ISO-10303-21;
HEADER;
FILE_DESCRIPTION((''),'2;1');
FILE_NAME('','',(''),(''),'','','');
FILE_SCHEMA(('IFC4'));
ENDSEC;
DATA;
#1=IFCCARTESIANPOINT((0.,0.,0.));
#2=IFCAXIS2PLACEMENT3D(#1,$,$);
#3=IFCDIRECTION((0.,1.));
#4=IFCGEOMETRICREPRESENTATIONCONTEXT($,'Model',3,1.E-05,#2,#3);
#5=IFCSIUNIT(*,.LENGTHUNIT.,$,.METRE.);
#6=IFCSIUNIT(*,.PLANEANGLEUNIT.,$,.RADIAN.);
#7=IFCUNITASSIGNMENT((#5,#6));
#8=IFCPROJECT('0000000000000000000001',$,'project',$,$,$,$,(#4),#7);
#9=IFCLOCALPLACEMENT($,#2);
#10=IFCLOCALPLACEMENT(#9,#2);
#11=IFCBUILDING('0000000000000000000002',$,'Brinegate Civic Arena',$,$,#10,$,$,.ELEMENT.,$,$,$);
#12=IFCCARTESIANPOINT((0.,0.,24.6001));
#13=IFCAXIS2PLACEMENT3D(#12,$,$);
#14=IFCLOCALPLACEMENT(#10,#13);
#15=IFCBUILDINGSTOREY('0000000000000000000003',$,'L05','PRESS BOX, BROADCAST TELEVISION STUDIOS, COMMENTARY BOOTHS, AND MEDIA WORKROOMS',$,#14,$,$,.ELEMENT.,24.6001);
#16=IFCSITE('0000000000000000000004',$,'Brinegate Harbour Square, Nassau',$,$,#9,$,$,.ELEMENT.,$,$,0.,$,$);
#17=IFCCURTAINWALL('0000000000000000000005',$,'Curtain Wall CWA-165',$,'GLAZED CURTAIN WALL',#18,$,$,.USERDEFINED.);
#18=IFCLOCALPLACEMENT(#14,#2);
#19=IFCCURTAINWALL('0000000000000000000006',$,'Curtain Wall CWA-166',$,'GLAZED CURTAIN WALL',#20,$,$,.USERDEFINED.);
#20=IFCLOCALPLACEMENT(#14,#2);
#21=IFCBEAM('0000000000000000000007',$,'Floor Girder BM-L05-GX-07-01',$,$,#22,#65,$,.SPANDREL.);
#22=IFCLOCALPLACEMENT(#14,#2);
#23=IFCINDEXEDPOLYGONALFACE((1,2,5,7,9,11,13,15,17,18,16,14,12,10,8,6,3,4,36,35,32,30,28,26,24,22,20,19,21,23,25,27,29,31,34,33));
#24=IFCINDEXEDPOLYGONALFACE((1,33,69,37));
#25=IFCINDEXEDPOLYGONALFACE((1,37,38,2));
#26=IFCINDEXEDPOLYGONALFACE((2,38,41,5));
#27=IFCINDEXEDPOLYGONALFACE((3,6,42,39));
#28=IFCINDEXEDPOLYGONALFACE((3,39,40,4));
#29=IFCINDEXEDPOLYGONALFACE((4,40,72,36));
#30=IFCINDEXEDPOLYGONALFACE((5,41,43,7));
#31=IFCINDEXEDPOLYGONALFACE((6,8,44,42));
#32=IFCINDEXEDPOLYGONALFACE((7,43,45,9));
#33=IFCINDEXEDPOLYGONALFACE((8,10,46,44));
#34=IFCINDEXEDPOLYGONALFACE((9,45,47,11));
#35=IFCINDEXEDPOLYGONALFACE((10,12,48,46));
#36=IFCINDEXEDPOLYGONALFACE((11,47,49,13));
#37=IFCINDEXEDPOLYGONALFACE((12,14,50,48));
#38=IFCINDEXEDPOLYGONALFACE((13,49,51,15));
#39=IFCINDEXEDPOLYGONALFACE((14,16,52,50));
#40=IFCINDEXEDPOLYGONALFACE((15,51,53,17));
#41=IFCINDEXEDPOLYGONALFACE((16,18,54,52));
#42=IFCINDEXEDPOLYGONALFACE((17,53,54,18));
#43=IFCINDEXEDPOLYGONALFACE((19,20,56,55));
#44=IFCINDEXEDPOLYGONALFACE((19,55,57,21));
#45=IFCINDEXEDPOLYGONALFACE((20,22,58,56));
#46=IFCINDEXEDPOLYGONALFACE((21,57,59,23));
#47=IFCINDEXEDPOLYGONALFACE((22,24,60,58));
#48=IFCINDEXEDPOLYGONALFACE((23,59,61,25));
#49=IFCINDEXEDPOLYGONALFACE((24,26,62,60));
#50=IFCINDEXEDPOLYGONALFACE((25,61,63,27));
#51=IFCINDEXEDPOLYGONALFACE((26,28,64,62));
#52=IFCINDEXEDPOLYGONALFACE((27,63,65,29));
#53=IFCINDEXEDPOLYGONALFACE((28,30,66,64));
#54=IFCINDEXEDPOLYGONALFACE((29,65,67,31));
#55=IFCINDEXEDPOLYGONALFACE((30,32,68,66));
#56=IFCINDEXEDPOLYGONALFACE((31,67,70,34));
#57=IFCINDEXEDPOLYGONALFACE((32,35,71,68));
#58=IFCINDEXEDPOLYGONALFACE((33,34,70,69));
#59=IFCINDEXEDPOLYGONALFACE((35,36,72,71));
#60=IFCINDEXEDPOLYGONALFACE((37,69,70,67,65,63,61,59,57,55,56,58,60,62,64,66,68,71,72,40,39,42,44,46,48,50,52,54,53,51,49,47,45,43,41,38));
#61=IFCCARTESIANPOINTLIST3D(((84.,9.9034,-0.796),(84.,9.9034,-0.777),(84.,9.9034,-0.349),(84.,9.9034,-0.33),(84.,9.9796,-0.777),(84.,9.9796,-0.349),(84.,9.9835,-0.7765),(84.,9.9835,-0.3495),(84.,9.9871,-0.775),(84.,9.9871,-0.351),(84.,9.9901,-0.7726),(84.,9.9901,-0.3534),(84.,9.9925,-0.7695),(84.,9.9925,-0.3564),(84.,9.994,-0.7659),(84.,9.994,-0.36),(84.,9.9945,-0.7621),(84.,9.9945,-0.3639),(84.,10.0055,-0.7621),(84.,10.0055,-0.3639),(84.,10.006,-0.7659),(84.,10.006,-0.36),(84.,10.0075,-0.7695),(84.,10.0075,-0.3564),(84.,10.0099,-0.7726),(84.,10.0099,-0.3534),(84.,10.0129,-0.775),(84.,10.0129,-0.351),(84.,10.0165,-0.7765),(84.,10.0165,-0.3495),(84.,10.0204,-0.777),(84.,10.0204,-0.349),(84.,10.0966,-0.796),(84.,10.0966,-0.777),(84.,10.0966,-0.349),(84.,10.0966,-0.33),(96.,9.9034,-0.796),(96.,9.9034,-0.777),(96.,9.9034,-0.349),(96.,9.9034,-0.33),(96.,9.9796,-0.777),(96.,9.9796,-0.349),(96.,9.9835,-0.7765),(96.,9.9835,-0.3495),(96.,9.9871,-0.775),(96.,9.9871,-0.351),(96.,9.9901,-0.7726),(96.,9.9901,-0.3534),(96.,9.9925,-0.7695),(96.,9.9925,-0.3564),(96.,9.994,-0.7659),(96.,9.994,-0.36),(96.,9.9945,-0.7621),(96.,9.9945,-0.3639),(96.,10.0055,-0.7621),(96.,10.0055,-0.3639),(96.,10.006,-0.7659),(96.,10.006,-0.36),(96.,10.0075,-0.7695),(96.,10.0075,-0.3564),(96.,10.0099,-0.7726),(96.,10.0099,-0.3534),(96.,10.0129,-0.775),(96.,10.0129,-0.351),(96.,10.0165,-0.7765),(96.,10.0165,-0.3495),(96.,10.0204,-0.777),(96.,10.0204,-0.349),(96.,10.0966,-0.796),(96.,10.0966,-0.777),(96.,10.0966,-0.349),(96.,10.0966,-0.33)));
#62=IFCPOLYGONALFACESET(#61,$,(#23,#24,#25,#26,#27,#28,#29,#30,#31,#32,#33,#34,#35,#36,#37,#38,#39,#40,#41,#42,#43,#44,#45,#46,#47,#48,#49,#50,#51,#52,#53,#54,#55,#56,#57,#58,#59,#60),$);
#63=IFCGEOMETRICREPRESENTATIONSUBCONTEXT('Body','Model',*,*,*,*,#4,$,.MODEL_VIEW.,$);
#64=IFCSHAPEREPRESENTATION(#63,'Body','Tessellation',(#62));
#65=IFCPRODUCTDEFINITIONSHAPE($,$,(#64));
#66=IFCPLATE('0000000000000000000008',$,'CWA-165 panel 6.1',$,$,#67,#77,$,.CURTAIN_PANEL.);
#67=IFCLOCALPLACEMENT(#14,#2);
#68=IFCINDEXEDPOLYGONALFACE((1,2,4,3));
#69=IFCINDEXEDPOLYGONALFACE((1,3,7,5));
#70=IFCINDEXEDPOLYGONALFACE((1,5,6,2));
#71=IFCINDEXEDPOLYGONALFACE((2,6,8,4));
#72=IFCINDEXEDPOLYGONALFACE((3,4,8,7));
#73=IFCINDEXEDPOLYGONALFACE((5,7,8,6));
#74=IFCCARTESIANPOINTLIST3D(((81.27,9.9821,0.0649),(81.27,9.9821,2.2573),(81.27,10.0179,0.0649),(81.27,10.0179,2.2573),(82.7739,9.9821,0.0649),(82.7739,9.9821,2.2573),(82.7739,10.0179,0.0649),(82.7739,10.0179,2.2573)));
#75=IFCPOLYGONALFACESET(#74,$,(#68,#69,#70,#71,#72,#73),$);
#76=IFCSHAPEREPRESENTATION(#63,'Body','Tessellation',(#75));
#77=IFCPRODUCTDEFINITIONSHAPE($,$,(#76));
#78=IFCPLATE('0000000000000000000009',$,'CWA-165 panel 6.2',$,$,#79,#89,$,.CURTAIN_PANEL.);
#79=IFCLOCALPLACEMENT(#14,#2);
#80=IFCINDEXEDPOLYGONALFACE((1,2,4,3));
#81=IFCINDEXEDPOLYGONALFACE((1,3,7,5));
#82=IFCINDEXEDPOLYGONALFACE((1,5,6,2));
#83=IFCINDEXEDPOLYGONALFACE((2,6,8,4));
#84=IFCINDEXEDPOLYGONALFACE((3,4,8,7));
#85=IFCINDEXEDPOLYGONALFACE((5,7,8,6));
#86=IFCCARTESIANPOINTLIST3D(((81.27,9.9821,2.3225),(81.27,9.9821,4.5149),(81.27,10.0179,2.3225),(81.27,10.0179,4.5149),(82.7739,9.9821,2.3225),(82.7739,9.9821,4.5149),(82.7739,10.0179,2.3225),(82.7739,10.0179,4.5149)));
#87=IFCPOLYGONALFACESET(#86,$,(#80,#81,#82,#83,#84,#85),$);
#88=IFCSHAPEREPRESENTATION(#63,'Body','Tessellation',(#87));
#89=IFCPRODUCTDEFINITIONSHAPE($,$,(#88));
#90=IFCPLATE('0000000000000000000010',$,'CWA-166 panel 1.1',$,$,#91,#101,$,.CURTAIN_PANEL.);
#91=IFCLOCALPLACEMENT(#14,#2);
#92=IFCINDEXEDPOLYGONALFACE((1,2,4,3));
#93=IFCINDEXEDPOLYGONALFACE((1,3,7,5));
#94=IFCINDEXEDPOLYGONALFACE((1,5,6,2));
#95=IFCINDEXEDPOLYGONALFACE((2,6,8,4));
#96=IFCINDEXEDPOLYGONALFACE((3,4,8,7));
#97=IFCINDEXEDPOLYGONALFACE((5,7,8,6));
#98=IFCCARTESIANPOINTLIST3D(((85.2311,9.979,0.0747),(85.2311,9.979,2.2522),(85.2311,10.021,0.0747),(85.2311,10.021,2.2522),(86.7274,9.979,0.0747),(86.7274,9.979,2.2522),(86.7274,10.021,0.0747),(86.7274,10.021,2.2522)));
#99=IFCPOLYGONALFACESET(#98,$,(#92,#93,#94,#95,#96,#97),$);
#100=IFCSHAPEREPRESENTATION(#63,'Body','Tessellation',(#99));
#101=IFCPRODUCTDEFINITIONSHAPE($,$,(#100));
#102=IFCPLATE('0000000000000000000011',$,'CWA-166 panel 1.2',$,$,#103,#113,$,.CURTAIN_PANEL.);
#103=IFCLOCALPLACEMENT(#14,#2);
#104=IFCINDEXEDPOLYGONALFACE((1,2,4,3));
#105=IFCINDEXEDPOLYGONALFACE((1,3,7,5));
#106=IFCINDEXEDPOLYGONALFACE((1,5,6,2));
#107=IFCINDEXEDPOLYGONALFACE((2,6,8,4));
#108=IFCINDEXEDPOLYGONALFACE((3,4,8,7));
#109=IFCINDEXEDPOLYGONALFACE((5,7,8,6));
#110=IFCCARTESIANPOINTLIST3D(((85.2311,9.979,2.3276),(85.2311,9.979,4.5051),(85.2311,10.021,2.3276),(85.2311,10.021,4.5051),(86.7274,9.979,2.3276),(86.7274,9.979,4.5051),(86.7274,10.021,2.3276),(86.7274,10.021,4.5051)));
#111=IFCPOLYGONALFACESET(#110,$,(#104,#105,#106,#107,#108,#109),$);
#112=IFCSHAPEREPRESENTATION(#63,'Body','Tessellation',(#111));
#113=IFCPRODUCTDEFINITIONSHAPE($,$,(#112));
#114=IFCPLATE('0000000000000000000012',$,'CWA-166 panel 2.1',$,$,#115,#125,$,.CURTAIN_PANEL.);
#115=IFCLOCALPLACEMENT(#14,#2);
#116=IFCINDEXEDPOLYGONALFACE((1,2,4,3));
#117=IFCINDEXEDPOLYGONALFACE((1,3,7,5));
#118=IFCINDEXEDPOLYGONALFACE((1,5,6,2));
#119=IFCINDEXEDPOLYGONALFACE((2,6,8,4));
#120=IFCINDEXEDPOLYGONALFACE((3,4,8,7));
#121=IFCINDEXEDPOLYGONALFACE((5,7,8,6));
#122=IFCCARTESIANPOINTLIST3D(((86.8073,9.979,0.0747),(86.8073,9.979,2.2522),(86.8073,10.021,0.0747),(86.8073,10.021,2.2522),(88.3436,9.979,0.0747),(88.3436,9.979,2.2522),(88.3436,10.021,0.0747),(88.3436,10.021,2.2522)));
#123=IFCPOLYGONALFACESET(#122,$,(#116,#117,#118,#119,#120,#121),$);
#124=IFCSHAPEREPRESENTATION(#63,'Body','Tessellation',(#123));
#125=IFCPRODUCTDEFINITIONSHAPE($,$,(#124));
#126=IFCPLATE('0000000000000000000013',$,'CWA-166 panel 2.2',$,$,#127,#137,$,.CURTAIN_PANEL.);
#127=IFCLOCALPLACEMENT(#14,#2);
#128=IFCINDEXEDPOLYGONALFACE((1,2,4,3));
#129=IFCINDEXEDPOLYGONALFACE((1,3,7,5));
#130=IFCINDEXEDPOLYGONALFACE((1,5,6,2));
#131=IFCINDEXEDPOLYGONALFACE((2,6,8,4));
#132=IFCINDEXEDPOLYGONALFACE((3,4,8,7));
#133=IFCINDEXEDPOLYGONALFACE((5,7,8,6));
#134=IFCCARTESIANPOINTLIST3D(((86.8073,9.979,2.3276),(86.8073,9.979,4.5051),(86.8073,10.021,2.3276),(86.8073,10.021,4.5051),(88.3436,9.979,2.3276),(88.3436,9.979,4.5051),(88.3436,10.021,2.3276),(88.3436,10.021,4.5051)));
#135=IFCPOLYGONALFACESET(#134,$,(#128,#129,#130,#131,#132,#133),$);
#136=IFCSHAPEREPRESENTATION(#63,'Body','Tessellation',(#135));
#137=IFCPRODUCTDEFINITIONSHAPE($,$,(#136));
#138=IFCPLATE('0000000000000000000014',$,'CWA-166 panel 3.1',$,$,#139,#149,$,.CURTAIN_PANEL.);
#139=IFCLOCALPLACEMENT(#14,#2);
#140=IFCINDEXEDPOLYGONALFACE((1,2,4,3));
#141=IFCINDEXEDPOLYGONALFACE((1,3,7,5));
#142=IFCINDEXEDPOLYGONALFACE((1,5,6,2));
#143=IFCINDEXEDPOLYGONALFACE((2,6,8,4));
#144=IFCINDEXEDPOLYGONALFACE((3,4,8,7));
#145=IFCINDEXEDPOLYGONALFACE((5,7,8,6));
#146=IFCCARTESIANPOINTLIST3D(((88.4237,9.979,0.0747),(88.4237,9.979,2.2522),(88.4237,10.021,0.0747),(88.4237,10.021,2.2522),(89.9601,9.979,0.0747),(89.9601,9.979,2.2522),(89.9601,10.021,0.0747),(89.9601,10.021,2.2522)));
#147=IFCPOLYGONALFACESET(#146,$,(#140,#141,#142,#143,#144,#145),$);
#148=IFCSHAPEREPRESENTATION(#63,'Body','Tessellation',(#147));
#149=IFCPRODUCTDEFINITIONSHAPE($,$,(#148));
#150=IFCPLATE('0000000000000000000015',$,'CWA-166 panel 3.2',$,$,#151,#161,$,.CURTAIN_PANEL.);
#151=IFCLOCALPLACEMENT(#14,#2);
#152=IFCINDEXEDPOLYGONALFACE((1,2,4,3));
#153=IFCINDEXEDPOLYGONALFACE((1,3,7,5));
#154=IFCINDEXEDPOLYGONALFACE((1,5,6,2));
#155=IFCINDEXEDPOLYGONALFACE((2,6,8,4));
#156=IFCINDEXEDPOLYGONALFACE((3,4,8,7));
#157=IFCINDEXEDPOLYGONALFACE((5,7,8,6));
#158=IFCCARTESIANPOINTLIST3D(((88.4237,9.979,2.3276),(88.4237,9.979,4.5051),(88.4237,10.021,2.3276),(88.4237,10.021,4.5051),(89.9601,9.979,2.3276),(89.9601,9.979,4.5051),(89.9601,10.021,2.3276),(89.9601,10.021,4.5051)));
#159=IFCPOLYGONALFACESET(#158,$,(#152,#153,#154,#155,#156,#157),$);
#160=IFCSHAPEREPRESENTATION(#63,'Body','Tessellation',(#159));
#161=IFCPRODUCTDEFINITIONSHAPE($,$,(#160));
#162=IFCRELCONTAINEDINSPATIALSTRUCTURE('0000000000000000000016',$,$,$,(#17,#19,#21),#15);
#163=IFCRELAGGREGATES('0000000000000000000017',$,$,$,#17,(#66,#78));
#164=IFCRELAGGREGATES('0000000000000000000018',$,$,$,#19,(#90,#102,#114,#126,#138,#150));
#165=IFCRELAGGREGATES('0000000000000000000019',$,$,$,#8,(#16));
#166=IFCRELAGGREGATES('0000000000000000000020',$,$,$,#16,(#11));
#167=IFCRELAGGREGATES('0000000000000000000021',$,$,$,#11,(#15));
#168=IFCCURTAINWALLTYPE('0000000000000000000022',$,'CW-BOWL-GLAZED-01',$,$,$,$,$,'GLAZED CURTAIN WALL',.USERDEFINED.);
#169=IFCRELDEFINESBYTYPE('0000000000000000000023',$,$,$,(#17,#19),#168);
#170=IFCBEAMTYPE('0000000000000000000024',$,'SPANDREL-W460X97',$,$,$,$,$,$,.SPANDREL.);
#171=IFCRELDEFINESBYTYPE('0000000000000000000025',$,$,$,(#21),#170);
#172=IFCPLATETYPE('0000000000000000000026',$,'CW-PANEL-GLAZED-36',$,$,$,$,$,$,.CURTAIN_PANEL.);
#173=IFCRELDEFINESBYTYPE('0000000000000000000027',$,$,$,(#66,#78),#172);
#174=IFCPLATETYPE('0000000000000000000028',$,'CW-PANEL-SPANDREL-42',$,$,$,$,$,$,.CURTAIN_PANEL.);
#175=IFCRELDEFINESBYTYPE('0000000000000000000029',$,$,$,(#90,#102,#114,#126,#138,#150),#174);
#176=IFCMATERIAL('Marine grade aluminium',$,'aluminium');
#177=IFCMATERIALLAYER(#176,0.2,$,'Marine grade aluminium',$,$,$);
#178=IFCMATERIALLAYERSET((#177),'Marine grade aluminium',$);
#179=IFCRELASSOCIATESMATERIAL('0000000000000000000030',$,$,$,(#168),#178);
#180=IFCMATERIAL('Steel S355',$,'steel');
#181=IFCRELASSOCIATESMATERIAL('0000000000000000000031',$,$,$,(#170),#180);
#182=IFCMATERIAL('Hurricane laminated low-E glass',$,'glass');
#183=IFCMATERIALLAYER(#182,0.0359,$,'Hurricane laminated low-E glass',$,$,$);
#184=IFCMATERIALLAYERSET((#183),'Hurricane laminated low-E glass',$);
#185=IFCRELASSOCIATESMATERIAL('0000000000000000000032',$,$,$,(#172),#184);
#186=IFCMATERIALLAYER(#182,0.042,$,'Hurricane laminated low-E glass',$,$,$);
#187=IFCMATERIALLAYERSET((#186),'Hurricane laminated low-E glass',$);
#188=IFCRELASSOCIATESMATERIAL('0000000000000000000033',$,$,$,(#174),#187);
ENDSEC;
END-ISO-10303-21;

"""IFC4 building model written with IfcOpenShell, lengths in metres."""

from ifc_helpers import new_model, si_unit, direction, frame, origin, origin_2d, place, context, subcontext, project, spatial, rectangle, i_section, extrude, material, layer, layer_set, material_profile, profile_set, type_object, element, aggregate, save


model = new_model("IFC4")

# Units and contexts
model_context = context("Model", 3, precision=1e-05, world=origin(), true_north=direction((0.0, 1.0)))
body_context = subcontext(model_context, "Body", "Model", "MODEL_VIEW")
ifc_project = project(units=[si_unit("LENGTHUNIT", "METRE"), si_unit("PLANEANGLEUNIT", "RADIAN")], contexts=[model_context])

# Site, building, storey
site_placement = place(None, origin())
site = spatial("IfcSite", under=ifc_project, at=site_placement, Name="Brinegate Harbour Square, Nassau", CompositionType="ELEMENT", RefElevation=0.0)
building_placement = place(site_placement, origin())
building = spatial("IfcBuilding", under=site, at=building_placement, Name="Brinegate Civic Arena", CompositionType="ELEMENT")
storey_placement = place(building_placement, frame((0.0, 0.0, 24.6001)))
storey = spatial("IfcBuildingStorey", under=building, at=storey_placement, Name="L05", Description="PRESS BOX, BROADCAST TELEVISION STUDIOS, COMMENTARY BOOTHS, AND MEDIA WORKROOMS", CompositionType="ELEMENT", Elevation=24.6001)

# Curtain wall
ifc_material_1 = material(Name="Marine grade aluminium", Category="aluminium")
ifc_layer_1 = layer(ifc_material_1, 0.2, Name="Marine grade aluminium")
ifc_layer_set_1 = layer_set([ifc_layer_1], Name="Marine grade aluminium")
curtain_wall_type = type_object("IfcCurtainWallType", Name="CW-BOWL-GLAZED-01", ElementType="GLAZED CURTAIN WALL", PredefinedType="USERDEFINED", material=ifc_layer_set_1)
curtain_wall_1_placement = place(storey_placement, origin())
curtain_wall_1 = element("IfcCurtainWall", 1, at=curtain_wall_1_placement, inside=storey, type_object=curtain_wall_type, Name="Curtain Wall CWA-165", ObjectType="GLAZED CURTAIN WALL", PredefinedType="USERDEFINED")

# Curtain wall
curtain_wall_2_placement = place(storey_placement, origin())
curtain_wall_2 = element("IfcCurtainWall", 2, at=curtain_wall_2_placement, inside=storey, type_object=curtain_wall_type, Name="Curtain Wall CWA-166", ObjectType="GLAZED CURTAIN WALL", PredefinedType="USERDEFINED")

# Beam
ifc_material_2 = material(Name="Steel S355", Category="steel")
ifc_material_profile_1 = material_profile(ifc_material_2, i_section(OverallWidth=0.1931, OverallDepth=0.4661, WebThickness=0.011, FlangeThickness=0.019, FilletRadius=0.0149, at=origin_2d()), Name="W460X97")
ifc_profile_set_1 = profile_set([ifc_material_profile_1], Name="Steel S355")
beam_type_1 = type_object("IfcBeamType", Name="SPANDREL-W460X97", PredefinedType="SPANDREL", material=ifc_profile_set_1)
beam_1_placement = place(storey_placement, frame((84.0, 10.0, -0.563), z_axis=(1.0, 0.0, 0.0), x_axis=(0.0, 1.0, 0.0)))
element("IfcBeam", 3, at=beam_1_placement, inside=storey, type_object=beam_type_1, Name="Floor Girder BM-L05-GX-07-01", PredefinedType="SPANDREL", context=body_context, shape_type="SweptSolid", body=[
    extrude(i_section(OverallWidth=0.1931, OverallDepth=0.4661, WebThickness=0.011, FlangeThickness=0.019, FilletRadius=0.0149, at=origin_2d()), origin(), (0.0, 0.0, 1.0), 12.0),
])

# Plates
ifc_material_3 = material(Name="Hurricane laminated low-E glass", Category="glass")
ifc_layer_2 = layer(ifc_material_3, 0.0359, Name="Hurricane laminated low-E glass")
ifc_layer_set_2 = layer_set([ifc_layer_2], Name="Hurricane laminated low-E glass")
plate_type_1 = type_object("IfcPlateType", Name="CW-PANEL-GLAZED-36", PredefinedType="CURTAIN_PANEL", material=ifc_layer_set_2)
plate_1_placement = place(storey_placement, frame((82.022, 10.0, 0.0649), z_axis=(0.0, 0.0, 1.0), x_axis=(1.0, 0.0, 0.0)))
plate_1 = element("IfcPlate", 4, at=plate_1_placement, type_object=plate_type_1, Name="CWA-165 panel 6.1", PredefinedType="CURTAIN_PANEL", context=body_context, shape_type="SweptSolid", body=[
    extrude(rectangle(XDim=1.5039, YDim=0.0359, at=origin_2d()), origin(), (0.0, 0.0, 1.0), 2.1924),
])
plate_2_placement = place(storey_placement, frame((82.022, 10.0, 2.3225), z_axis=(0.0, 0.0, 1.0), x_axis=(1.0, 0.0, 0.0)))
plate_2 = element("IfcPlate", 5, at=plate_2_placement, type_object=plate_type_1, Name="CWA-165 panel 6.2", PredefinedType="CURTAIN_PANEL", context=body_context, shape_type="SweptSolid", body=[
    extrude(rectangle(XDim=1.5039, YDim=0.0359, at=origin_2d()), origin(), (0.0, 0.0, 1.0), 2.1924),
])
aggregate(curtain_wall_1, [plate_1, plate_2])
ifc_layer_3 = layer(ifc_material_3, 0.042, Name="Hurricane laminated low-E glass")
ifc_layer_set_3 = layer_set([ifc_layer_3], Name="Hurricane laminated low-E glass")
plate_type_2 = type_object("IfcPlateType", Name="CW-PANEL-SPANDREL-42", PredefinedType="CURTAIN_PANEL", material=ifc_layer_set_3)
plate_3_placement = place(storey_placement, frame((85.9792, 10.0, 0.0747), z_axis=(0.0, 0.0, 1.0), x_axis=(1.0, 0.0, 0.0)))
plate_3 = element("IfcPlate", 6, at=plate_3_placement, type_object=plate_type_2, Name="CWA-166 panel 1.1", PredefinedType="CURTAIN_PANEL", context=body_context, shape_type="SweptSolid", body=[
    extrude(rectangle(XDim=1.4963, YDim=0.042, at=origin_2d()), origin(), (0.0, 0.0, 1.0), 2.1775),
])
plate_4_placement = place(storey_placement, frame((85.9792, 10.0, 2.3276), z_axis=(0.0, 0.0, 1.0), x_axis=(1.0, 0.0, 0.0)))
plate_4 = element("IfcPlate", 7, at=plate_4_placement, type_object=plate_type_2, Name="CWA-166 panel 1.2", PredefinedType="CURTAIN_PANEL", context=body_context, shape_type="SweptSolid", body=[
    extrude(rectangle(XDim=1.4963, YDim=0.042, at=origin_2d()), origin(), (0.0, 0.0, 1.0), 2.1775),
])
plate_5_placement = place(storey_placement, frame((87.5754, 10.0, 0.0747), z_axis=(0.0, 0.0, 1.0), x_axis=(1.0, 0.0, 0.0)))
plate_5 = element("IfcPlate", 8, at=plate_5_placement, type_object=plate_type_2, Name="CWA-166 panel 2.1", PredefinedType="CURTAIN_PANEL", context=body_context, shape_type="SweptSolid", body=[
    extrude(rectangle(XDim=1.5364, YDim=0.042, at=origin_2d()), origin(), (0.0, 0.0, 1.0), 2.1775),
])
plate_6_placement = place(storey_placement, frame((87.5754, 10.0, 2.3276), z_axis=(0.0, 0.0, 1.0), x_axis=(1.0, 0.0, 0.0)))
plate_6 = element("IfcPlate", 9, at=plate_6_placement, type_object=plate_type_2, Name="CWA-166 panel 2.2", PredefinedType="CURTAIN_PANEL", context=body_context, shape_type="SweptSolid", body=[
    extrude(rectangle(XDim=1.5364, YDim=0.042, at=origin_2d()), origin(), (0.0, 0.0, 1.0), 2.1775),
])
plate_7_placement = place(storey_placement, frame((89.1919, 10.0, 0.0747), z_axis=(0.0, 0.0, 1.0), x_axis=(1.0, 0.0, 0.0)))
plate_7 = element("IfcPlate", 10, at=plate_7_placement, type_object=plate_type_2, Name="CWA-166 panel 3.1", PredefinedType="CURTAIN_PANEL", context=body_context, shape_type="SweptSolid", body=[
    extrude(rectangle(XDim=1.5364, YDim=0.042, at=origin_2d()), origin(), (0.0, 0.0, 1.0), 2.1775),
])
plate_8_placement = place(storey_placement, frame((89.1919, 10.0, 2.3276), z_axis=(0.0, 0.0, 1.0), x_axis=(1.0, 0.0, 0.0)))
plate_8 = element("IfcPlate", 11, at=plate_8_placement, type_object=plate_type_2, Name="CWA-166 panel 3.2", PredefinedType="CURTAIN_PANEL", context=body_context, shape_type="SweptSolid", body=[
    extrude(rectangle(XDim=1.5364, YDim=0.042, at=origin_2d()), origin(), (0.0, 0.0, 1.0), 2.1775),
])
aggregate(curtain_wall_2, [plate_3, plate_4, plate_5, plate_6, plate_7, plate_8])

save(model, "model.ifc")
